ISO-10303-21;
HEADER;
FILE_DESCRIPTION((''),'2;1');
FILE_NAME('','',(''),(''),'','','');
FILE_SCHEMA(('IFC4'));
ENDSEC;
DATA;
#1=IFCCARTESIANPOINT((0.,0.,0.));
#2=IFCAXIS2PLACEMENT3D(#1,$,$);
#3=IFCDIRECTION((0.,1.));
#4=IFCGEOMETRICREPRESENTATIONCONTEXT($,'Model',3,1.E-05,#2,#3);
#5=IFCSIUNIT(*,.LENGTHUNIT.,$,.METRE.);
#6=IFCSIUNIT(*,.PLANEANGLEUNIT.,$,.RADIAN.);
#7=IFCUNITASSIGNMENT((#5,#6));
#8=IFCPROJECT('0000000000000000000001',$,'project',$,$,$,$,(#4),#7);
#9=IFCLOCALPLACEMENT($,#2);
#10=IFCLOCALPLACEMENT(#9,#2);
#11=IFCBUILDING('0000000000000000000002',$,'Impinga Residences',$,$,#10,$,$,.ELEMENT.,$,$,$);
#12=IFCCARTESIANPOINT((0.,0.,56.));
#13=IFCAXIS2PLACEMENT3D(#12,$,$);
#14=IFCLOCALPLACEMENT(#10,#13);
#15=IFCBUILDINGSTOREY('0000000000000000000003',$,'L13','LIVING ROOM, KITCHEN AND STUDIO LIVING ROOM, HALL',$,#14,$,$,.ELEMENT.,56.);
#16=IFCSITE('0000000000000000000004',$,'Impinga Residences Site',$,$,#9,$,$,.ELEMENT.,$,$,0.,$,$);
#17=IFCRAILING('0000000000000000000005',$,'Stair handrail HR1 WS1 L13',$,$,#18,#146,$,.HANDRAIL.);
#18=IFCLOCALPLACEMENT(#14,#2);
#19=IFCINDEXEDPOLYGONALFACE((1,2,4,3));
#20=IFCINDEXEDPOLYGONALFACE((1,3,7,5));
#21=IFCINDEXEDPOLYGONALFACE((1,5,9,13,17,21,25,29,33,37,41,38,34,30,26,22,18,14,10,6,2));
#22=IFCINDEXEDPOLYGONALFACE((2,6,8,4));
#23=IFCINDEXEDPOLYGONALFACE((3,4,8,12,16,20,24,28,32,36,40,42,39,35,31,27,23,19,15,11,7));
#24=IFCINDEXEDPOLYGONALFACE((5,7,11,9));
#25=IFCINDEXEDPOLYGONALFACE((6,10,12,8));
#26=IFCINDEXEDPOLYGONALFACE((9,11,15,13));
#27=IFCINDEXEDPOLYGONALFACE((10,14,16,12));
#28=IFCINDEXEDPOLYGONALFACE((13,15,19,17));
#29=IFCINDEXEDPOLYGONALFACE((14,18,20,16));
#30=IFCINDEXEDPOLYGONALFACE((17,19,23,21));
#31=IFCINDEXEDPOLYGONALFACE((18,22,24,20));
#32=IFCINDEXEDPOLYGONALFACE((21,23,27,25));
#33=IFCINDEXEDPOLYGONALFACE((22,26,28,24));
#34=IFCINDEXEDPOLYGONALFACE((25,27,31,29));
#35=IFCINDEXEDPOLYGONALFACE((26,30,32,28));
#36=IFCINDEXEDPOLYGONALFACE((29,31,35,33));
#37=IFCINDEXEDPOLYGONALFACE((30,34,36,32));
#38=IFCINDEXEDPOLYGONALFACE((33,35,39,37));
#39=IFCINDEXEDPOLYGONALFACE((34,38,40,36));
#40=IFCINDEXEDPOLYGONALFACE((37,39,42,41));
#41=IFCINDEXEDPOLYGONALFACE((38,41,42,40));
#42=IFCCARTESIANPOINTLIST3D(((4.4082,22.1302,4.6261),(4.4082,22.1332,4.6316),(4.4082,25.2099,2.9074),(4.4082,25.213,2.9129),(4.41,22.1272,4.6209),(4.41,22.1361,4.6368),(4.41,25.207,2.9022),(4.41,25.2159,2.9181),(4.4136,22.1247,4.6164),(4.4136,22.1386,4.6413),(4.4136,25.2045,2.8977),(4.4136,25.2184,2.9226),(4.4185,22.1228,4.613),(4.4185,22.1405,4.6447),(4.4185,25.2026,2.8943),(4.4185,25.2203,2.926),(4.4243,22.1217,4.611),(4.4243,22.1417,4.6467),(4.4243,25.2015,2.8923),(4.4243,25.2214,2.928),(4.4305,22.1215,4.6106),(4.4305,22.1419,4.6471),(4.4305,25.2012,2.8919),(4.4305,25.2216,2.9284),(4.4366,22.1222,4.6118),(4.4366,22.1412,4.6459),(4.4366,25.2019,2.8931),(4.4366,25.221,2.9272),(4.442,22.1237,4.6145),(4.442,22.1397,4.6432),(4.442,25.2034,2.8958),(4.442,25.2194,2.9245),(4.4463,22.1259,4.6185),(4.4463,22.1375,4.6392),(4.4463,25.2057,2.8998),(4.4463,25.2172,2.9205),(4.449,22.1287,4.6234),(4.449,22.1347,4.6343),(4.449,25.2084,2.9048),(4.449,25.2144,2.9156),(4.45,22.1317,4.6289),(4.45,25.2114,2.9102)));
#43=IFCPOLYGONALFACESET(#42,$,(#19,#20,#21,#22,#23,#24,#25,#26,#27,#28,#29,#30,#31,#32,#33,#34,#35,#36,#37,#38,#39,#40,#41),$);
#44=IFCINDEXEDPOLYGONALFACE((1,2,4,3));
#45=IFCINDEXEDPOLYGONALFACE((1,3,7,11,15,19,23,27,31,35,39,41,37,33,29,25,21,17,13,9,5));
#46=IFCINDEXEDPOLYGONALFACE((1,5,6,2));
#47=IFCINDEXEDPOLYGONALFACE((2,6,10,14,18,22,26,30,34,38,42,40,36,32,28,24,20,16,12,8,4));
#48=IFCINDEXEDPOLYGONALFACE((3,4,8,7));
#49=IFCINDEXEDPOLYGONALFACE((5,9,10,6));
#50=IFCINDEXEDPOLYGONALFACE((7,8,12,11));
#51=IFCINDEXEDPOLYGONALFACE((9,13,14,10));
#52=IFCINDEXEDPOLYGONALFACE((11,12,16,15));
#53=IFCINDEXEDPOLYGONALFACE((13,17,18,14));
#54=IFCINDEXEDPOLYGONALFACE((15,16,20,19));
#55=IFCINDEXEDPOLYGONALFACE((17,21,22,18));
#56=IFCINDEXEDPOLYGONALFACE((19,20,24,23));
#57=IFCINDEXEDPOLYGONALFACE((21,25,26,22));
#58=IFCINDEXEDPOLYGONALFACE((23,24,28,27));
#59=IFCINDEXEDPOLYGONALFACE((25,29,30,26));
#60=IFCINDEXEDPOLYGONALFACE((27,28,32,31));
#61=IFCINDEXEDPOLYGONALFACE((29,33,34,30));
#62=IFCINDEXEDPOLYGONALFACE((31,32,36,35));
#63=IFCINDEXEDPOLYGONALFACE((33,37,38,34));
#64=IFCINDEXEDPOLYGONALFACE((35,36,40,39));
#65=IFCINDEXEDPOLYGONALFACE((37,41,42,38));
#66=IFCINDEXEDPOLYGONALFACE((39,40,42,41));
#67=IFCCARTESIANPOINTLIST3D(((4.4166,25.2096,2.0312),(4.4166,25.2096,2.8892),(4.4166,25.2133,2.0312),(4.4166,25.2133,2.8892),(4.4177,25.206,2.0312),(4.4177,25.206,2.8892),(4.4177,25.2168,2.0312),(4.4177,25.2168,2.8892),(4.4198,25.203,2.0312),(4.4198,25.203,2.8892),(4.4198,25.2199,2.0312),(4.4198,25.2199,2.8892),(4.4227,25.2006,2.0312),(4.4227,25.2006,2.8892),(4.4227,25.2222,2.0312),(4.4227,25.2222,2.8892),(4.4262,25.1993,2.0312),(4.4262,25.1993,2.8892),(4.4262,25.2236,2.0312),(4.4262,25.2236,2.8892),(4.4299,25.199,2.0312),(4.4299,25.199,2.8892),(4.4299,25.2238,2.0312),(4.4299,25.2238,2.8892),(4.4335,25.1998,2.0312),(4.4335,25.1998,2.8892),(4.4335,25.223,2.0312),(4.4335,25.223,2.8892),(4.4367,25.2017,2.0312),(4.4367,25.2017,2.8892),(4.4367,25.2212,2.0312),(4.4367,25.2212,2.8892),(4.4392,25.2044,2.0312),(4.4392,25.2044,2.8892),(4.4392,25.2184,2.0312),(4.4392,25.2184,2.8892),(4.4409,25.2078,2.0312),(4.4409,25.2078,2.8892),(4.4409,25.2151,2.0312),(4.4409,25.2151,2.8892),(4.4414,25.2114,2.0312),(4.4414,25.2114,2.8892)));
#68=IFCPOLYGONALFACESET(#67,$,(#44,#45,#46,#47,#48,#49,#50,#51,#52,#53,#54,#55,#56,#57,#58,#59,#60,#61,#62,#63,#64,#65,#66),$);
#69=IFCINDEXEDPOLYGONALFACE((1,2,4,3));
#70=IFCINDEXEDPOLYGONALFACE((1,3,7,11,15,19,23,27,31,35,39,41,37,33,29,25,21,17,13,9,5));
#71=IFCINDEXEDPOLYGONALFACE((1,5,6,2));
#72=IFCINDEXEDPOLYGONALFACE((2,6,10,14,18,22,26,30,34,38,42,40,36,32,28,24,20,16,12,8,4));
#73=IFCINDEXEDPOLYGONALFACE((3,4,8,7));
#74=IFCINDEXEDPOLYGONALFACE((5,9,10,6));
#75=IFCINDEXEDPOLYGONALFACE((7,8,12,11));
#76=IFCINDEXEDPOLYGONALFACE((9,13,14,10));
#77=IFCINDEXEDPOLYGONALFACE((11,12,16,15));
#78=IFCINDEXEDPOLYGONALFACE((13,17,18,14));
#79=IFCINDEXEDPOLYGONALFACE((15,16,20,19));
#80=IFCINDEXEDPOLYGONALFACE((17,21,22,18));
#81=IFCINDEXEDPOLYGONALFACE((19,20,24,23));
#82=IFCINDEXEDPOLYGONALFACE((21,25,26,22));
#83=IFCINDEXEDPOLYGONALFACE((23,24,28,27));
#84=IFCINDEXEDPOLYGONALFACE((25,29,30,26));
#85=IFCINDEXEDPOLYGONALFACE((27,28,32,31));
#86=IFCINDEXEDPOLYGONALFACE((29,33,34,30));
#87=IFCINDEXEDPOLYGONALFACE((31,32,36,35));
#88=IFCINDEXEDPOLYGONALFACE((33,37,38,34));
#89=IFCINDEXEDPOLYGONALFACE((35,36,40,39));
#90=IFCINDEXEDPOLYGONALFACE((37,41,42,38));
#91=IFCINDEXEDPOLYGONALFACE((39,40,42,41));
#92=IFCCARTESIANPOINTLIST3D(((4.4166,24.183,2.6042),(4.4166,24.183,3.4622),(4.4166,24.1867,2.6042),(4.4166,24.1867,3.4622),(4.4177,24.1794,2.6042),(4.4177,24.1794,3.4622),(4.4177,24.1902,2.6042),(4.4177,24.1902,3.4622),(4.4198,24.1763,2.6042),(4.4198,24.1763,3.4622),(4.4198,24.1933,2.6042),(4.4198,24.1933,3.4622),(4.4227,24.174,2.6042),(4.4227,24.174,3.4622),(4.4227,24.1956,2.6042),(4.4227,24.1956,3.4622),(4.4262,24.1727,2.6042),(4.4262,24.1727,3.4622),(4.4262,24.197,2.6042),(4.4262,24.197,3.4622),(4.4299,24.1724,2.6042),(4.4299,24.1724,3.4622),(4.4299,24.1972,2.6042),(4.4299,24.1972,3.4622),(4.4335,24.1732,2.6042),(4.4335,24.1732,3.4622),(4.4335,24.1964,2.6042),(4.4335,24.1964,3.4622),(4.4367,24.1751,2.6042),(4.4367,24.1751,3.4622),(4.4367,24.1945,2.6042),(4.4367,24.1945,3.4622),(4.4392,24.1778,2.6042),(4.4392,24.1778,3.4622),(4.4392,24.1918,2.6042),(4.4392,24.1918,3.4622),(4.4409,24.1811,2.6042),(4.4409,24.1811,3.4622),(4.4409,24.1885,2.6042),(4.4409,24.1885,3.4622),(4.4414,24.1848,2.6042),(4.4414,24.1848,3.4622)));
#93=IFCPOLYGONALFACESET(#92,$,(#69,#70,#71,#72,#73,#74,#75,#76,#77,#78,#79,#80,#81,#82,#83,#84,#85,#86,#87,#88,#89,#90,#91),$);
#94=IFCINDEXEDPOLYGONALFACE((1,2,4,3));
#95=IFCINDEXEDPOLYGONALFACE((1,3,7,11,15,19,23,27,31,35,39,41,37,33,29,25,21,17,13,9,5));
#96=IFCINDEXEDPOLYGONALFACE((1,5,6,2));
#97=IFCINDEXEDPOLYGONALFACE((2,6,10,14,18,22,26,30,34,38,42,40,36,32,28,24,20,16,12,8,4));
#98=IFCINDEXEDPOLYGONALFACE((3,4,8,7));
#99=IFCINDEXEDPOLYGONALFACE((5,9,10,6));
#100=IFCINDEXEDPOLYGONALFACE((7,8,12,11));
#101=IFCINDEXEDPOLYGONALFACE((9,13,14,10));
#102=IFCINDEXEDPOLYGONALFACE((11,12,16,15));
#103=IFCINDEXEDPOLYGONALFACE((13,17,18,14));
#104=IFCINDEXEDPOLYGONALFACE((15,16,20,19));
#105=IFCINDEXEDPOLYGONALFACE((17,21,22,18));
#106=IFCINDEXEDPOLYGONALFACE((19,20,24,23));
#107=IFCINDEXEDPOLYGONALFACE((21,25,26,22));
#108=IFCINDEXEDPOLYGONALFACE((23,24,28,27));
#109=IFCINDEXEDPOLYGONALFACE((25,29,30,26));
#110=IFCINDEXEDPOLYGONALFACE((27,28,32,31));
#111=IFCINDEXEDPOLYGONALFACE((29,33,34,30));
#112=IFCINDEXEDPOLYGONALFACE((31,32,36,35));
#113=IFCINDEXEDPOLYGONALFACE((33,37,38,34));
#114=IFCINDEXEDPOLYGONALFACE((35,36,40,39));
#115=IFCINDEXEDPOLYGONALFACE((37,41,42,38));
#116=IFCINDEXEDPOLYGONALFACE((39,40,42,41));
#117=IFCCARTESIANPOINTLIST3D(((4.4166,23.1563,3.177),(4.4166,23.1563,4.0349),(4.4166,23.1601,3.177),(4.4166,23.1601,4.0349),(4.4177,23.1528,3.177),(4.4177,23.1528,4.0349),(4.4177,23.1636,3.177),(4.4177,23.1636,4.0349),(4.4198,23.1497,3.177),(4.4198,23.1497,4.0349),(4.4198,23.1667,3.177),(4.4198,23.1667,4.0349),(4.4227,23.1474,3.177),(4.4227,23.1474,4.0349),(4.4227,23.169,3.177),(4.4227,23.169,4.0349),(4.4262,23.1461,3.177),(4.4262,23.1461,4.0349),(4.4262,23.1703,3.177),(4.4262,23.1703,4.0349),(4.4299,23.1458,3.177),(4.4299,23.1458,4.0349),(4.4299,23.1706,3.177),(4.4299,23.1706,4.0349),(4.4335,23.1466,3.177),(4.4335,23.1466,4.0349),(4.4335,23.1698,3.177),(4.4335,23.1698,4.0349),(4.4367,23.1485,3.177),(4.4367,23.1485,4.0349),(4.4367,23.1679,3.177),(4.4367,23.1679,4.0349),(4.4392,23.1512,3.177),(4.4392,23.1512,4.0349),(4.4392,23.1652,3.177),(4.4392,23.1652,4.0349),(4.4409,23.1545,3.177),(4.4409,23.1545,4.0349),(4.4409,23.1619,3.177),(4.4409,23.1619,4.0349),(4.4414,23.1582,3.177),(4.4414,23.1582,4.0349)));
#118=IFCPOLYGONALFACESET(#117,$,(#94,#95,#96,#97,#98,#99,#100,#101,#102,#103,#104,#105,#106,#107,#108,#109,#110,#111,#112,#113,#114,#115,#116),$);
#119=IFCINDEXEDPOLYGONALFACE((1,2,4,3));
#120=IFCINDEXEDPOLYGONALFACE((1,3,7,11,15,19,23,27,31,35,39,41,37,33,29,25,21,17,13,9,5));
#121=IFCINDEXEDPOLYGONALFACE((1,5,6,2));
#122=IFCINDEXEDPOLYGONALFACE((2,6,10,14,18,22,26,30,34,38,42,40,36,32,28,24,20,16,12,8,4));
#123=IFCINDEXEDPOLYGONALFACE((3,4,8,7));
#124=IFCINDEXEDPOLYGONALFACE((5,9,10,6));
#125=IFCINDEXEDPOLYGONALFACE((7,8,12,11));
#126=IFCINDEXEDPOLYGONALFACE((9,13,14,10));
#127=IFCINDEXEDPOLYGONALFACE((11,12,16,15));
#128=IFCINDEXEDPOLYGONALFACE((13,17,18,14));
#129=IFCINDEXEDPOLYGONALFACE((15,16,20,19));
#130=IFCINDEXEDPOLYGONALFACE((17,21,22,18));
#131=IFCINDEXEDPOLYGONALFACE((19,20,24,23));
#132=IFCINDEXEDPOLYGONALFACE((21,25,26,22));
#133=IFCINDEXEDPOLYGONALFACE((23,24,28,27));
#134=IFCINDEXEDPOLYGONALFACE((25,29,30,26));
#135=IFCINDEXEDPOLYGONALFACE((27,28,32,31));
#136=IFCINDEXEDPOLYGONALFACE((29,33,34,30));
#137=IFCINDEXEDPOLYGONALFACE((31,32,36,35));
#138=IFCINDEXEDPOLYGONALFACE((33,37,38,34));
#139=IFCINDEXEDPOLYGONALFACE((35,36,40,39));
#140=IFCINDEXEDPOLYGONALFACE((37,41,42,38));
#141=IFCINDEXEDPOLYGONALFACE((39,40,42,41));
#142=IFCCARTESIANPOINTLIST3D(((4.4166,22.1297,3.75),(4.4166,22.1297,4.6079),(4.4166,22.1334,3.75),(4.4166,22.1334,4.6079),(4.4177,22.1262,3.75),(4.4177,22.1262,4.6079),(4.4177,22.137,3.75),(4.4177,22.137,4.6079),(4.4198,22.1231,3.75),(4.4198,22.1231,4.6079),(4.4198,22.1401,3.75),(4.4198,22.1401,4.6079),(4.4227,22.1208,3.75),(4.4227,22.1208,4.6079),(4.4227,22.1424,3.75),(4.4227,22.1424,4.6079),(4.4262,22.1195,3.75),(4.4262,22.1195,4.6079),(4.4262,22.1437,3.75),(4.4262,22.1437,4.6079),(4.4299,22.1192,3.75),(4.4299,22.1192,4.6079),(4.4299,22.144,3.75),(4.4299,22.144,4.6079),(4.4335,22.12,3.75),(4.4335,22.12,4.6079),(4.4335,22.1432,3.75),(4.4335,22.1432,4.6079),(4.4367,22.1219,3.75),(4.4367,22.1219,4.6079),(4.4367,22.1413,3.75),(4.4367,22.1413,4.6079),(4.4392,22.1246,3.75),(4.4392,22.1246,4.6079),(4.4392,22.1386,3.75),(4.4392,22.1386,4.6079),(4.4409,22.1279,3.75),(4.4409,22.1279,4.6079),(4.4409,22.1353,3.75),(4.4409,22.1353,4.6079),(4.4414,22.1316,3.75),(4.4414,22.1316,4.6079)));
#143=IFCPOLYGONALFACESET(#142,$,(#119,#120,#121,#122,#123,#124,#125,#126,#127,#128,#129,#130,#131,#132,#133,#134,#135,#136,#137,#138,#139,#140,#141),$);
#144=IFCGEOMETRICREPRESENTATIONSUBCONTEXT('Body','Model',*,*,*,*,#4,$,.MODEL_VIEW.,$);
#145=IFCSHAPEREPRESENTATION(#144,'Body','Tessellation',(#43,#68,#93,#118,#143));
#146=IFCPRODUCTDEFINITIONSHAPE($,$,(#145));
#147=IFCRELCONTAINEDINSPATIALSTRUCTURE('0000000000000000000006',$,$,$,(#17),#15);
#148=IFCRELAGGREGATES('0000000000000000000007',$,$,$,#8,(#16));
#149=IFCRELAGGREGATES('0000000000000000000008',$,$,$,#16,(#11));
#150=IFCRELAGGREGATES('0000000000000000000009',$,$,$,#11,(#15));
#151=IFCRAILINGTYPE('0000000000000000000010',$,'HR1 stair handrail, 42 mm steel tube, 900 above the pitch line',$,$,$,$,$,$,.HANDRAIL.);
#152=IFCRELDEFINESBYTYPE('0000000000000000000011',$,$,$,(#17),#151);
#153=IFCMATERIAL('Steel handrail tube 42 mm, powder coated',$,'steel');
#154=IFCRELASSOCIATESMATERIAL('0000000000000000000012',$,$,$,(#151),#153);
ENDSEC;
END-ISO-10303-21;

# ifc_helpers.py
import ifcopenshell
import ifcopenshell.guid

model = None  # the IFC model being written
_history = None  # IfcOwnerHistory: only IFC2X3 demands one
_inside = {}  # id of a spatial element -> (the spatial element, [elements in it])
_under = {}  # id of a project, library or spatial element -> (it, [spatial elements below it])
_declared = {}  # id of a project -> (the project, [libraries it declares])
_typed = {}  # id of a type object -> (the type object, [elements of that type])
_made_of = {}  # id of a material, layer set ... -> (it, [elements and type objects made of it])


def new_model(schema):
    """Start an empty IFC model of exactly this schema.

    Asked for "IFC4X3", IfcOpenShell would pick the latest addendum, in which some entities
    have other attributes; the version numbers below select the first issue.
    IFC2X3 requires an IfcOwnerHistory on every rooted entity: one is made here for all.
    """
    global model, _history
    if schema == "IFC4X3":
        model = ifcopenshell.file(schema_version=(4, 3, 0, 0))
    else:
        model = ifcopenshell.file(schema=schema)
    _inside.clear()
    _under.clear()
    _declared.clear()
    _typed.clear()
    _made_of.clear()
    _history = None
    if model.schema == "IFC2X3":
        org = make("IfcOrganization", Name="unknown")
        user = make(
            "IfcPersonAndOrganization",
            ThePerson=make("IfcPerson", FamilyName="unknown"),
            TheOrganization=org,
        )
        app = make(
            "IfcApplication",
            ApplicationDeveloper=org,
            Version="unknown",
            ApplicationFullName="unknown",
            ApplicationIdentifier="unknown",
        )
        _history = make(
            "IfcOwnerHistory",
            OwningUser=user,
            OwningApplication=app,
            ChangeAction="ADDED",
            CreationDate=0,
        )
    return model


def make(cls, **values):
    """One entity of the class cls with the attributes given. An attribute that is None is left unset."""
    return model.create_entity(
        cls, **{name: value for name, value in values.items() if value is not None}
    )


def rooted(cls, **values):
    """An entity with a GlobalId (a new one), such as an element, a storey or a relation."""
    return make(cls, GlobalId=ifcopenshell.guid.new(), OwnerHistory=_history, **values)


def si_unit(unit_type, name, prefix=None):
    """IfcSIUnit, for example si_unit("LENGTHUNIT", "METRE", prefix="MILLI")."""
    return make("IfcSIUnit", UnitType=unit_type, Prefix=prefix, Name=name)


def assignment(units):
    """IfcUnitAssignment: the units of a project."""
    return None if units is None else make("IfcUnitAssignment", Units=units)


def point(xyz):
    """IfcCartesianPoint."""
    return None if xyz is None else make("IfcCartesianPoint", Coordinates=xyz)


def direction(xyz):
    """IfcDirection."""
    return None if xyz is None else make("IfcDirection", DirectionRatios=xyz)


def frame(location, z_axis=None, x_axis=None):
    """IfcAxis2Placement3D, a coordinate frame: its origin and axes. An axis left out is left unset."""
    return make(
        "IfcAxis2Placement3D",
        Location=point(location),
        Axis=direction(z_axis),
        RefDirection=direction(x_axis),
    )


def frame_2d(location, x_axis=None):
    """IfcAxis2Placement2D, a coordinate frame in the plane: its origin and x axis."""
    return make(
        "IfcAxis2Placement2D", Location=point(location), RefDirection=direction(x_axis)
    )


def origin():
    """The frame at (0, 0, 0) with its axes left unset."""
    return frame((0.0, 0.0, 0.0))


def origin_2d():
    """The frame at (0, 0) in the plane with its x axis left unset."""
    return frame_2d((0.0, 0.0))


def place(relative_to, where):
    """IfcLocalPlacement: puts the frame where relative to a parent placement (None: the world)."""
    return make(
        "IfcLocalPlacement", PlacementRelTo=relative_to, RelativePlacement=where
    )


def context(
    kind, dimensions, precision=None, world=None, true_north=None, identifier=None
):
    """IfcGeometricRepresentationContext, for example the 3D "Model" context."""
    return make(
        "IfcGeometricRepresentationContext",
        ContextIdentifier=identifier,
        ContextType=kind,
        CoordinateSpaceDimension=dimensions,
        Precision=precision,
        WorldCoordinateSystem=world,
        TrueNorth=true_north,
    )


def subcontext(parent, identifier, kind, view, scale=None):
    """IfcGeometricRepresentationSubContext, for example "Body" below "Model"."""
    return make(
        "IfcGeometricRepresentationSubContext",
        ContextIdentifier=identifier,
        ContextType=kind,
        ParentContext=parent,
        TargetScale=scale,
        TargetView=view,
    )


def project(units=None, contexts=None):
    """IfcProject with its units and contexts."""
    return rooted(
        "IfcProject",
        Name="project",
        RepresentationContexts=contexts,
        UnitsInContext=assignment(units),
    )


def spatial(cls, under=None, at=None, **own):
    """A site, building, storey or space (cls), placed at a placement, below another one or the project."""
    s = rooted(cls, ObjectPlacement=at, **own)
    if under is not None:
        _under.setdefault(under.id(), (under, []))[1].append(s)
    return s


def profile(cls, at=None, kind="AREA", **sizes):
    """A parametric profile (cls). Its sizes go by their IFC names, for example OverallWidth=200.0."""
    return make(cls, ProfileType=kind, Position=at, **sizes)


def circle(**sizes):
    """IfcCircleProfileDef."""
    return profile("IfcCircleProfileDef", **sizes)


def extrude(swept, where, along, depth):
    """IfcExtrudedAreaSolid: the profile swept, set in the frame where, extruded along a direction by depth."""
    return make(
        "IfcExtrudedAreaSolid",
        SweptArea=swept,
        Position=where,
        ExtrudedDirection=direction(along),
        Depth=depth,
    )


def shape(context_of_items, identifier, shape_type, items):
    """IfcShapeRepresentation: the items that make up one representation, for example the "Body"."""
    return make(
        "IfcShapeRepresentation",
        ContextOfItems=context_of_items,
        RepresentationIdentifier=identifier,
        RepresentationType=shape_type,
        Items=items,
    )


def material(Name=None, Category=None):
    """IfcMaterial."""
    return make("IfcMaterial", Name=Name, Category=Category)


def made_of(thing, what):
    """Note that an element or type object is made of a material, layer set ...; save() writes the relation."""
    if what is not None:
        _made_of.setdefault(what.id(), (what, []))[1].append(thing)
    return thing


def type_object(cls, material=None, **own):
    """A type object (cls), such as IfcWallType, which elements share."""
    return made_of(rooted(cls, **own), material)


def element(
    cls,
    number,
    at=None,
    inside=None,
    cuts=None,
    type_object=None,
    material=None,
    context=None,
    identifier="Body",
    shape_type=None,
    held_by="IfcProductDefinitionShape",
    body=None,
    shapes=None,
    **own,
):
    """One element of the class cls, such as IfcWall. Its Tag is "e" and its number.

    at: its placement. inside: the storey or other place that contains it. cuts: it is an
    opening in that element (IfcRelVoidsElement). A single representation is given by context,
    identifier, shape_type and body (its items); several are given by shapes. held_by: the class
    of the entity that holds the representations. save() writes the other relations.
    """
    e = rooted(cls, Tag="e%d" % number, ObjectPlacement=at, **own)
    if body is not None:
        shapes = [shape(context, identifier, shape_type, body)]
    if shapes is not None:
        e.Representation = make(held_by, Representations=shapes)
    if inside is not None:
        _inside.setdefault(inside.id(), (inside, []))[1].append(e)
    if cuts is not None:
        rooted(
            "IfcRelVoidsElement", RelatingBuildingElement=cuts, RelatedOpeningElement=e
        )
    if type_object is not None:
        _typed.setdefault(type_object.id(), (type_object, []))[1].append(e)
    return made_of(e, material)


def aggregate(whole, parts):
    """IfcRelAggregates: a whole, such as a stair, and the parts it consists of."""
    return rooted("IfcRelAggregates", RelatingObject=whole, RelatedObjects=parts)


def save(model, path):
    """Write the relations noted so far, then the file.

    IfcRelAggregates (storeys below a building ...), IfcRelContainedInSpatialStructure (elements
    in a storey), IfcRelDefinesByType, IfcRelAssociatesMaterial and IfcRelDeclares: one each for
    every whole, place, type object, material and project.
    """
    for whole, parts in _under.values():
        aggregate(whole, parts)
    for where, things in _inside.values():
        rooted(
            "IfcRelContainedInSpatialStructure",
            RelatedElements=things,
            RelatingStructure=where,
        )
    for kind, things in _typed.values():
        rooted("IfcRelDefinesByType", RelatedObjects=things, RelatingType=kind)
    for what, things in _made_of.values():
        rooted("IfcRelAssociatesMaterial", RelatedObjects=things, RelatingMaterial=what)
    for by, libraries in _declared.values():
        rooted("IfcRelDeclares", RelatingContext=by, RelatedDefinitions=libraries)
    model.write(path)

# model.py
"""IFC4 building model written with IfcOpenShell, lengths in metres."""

from ifc_helpers import new_model, si_unit, direction, frame, origin, origin_2d, place, context, subcontext, project, spatial, circle, extrude, material, type_object, element, save


model = new_model("IFC4")

# Units and contexts
model_context = context("Model", 3, precision=1e-05, world=origin(), true_north=direction((0.0, 1.0)))
body_context = subcontext(model_context, "Body", "Model", "MODEL_VIEW")
ifc_project = project(units=[si_unit("LENGTHUNIT", "METRE"), si_unit("PLANEANGLEUNIT", "RADIAN")], contexts=[model_context])

# Site, building, storey
site_placement = place(None, origin())
site = spatial("IfcSite", under=ifc_project, at=site_placement, Name="Impinga Residences Site", CompositionType="ELEMENT", RefElevation=0.0)
building_placement = place(site_placement, origin())
building = spatial("IfcBuilding", under=site, at=building_placement, Name="Impinga Residences", CompositionType="ELEMENT")
storey_placement = place(building_placement, frame((0.0, 0.0, 56.0)))
storey = spatial("IfcBuildingStorey", under=building, at=storey_placement, Name="L13", Description="LIVING ROOM, KITCHEN AND STUDIO LIVING ROOM, HALL", CompositionType="ELEMENT", Elevation=56.0)

# Railing
ifc_material_1 = material(Name="Steel handrail tube 42 mm, powder coated", Category="steel")
railing_type_1 = type_object("IfcRailingType", Name="HR1 stair handrail, 42 mm steel tube, 900 above the pitch line", PredefinedType="HANDRAIL", material=ifc_material_1)
railing_1_placement = place(storey_placement, frame((4.429, 25.2114, 2.0312)))
element("IfcRailing", 1, at=railing_1_placement, inside=storey, type_object=railing_type_1, Name="Stair handrail HR1 WS1 L13", PredefinedType="HANDRAIL", context=body_context, shape_type="SweptSolid", body=[
    extrude(circle(Radius=0.021, at=origin_2d()), frame((0.0, 0.0, 0.8789), z_axis=(0.0, -0.873225, 0.487317), x_axis=(1.0, 0.0, 0.0)), (0.0, 0.0, 1.0), 3.5269),
    extrude(circle(Radius=0.0125, at=origin_2d()), origin(), (0.0, 0.0, 1.0), 0.8579),
    extrude(circle(Radius=0.0125, at=origin_2d()), frame((0.0, -1.0266, 0.573)), (0.0, 0.0, 1.0), 0.8579),
    extrude(circle(Radius=0.0125, at=origin_2d()), frame((0.0, -2.0532, 1.1458)), (0.0, 0.0, 1.0), 0.8579),
    extrude(circle(Radius=0.0125, at=origin_2d()), frame((0.0, -3.0798, 1.7188)), (0.0, 0.0, 1.0), 0.8579),
])

save(model, "model.ifc")
